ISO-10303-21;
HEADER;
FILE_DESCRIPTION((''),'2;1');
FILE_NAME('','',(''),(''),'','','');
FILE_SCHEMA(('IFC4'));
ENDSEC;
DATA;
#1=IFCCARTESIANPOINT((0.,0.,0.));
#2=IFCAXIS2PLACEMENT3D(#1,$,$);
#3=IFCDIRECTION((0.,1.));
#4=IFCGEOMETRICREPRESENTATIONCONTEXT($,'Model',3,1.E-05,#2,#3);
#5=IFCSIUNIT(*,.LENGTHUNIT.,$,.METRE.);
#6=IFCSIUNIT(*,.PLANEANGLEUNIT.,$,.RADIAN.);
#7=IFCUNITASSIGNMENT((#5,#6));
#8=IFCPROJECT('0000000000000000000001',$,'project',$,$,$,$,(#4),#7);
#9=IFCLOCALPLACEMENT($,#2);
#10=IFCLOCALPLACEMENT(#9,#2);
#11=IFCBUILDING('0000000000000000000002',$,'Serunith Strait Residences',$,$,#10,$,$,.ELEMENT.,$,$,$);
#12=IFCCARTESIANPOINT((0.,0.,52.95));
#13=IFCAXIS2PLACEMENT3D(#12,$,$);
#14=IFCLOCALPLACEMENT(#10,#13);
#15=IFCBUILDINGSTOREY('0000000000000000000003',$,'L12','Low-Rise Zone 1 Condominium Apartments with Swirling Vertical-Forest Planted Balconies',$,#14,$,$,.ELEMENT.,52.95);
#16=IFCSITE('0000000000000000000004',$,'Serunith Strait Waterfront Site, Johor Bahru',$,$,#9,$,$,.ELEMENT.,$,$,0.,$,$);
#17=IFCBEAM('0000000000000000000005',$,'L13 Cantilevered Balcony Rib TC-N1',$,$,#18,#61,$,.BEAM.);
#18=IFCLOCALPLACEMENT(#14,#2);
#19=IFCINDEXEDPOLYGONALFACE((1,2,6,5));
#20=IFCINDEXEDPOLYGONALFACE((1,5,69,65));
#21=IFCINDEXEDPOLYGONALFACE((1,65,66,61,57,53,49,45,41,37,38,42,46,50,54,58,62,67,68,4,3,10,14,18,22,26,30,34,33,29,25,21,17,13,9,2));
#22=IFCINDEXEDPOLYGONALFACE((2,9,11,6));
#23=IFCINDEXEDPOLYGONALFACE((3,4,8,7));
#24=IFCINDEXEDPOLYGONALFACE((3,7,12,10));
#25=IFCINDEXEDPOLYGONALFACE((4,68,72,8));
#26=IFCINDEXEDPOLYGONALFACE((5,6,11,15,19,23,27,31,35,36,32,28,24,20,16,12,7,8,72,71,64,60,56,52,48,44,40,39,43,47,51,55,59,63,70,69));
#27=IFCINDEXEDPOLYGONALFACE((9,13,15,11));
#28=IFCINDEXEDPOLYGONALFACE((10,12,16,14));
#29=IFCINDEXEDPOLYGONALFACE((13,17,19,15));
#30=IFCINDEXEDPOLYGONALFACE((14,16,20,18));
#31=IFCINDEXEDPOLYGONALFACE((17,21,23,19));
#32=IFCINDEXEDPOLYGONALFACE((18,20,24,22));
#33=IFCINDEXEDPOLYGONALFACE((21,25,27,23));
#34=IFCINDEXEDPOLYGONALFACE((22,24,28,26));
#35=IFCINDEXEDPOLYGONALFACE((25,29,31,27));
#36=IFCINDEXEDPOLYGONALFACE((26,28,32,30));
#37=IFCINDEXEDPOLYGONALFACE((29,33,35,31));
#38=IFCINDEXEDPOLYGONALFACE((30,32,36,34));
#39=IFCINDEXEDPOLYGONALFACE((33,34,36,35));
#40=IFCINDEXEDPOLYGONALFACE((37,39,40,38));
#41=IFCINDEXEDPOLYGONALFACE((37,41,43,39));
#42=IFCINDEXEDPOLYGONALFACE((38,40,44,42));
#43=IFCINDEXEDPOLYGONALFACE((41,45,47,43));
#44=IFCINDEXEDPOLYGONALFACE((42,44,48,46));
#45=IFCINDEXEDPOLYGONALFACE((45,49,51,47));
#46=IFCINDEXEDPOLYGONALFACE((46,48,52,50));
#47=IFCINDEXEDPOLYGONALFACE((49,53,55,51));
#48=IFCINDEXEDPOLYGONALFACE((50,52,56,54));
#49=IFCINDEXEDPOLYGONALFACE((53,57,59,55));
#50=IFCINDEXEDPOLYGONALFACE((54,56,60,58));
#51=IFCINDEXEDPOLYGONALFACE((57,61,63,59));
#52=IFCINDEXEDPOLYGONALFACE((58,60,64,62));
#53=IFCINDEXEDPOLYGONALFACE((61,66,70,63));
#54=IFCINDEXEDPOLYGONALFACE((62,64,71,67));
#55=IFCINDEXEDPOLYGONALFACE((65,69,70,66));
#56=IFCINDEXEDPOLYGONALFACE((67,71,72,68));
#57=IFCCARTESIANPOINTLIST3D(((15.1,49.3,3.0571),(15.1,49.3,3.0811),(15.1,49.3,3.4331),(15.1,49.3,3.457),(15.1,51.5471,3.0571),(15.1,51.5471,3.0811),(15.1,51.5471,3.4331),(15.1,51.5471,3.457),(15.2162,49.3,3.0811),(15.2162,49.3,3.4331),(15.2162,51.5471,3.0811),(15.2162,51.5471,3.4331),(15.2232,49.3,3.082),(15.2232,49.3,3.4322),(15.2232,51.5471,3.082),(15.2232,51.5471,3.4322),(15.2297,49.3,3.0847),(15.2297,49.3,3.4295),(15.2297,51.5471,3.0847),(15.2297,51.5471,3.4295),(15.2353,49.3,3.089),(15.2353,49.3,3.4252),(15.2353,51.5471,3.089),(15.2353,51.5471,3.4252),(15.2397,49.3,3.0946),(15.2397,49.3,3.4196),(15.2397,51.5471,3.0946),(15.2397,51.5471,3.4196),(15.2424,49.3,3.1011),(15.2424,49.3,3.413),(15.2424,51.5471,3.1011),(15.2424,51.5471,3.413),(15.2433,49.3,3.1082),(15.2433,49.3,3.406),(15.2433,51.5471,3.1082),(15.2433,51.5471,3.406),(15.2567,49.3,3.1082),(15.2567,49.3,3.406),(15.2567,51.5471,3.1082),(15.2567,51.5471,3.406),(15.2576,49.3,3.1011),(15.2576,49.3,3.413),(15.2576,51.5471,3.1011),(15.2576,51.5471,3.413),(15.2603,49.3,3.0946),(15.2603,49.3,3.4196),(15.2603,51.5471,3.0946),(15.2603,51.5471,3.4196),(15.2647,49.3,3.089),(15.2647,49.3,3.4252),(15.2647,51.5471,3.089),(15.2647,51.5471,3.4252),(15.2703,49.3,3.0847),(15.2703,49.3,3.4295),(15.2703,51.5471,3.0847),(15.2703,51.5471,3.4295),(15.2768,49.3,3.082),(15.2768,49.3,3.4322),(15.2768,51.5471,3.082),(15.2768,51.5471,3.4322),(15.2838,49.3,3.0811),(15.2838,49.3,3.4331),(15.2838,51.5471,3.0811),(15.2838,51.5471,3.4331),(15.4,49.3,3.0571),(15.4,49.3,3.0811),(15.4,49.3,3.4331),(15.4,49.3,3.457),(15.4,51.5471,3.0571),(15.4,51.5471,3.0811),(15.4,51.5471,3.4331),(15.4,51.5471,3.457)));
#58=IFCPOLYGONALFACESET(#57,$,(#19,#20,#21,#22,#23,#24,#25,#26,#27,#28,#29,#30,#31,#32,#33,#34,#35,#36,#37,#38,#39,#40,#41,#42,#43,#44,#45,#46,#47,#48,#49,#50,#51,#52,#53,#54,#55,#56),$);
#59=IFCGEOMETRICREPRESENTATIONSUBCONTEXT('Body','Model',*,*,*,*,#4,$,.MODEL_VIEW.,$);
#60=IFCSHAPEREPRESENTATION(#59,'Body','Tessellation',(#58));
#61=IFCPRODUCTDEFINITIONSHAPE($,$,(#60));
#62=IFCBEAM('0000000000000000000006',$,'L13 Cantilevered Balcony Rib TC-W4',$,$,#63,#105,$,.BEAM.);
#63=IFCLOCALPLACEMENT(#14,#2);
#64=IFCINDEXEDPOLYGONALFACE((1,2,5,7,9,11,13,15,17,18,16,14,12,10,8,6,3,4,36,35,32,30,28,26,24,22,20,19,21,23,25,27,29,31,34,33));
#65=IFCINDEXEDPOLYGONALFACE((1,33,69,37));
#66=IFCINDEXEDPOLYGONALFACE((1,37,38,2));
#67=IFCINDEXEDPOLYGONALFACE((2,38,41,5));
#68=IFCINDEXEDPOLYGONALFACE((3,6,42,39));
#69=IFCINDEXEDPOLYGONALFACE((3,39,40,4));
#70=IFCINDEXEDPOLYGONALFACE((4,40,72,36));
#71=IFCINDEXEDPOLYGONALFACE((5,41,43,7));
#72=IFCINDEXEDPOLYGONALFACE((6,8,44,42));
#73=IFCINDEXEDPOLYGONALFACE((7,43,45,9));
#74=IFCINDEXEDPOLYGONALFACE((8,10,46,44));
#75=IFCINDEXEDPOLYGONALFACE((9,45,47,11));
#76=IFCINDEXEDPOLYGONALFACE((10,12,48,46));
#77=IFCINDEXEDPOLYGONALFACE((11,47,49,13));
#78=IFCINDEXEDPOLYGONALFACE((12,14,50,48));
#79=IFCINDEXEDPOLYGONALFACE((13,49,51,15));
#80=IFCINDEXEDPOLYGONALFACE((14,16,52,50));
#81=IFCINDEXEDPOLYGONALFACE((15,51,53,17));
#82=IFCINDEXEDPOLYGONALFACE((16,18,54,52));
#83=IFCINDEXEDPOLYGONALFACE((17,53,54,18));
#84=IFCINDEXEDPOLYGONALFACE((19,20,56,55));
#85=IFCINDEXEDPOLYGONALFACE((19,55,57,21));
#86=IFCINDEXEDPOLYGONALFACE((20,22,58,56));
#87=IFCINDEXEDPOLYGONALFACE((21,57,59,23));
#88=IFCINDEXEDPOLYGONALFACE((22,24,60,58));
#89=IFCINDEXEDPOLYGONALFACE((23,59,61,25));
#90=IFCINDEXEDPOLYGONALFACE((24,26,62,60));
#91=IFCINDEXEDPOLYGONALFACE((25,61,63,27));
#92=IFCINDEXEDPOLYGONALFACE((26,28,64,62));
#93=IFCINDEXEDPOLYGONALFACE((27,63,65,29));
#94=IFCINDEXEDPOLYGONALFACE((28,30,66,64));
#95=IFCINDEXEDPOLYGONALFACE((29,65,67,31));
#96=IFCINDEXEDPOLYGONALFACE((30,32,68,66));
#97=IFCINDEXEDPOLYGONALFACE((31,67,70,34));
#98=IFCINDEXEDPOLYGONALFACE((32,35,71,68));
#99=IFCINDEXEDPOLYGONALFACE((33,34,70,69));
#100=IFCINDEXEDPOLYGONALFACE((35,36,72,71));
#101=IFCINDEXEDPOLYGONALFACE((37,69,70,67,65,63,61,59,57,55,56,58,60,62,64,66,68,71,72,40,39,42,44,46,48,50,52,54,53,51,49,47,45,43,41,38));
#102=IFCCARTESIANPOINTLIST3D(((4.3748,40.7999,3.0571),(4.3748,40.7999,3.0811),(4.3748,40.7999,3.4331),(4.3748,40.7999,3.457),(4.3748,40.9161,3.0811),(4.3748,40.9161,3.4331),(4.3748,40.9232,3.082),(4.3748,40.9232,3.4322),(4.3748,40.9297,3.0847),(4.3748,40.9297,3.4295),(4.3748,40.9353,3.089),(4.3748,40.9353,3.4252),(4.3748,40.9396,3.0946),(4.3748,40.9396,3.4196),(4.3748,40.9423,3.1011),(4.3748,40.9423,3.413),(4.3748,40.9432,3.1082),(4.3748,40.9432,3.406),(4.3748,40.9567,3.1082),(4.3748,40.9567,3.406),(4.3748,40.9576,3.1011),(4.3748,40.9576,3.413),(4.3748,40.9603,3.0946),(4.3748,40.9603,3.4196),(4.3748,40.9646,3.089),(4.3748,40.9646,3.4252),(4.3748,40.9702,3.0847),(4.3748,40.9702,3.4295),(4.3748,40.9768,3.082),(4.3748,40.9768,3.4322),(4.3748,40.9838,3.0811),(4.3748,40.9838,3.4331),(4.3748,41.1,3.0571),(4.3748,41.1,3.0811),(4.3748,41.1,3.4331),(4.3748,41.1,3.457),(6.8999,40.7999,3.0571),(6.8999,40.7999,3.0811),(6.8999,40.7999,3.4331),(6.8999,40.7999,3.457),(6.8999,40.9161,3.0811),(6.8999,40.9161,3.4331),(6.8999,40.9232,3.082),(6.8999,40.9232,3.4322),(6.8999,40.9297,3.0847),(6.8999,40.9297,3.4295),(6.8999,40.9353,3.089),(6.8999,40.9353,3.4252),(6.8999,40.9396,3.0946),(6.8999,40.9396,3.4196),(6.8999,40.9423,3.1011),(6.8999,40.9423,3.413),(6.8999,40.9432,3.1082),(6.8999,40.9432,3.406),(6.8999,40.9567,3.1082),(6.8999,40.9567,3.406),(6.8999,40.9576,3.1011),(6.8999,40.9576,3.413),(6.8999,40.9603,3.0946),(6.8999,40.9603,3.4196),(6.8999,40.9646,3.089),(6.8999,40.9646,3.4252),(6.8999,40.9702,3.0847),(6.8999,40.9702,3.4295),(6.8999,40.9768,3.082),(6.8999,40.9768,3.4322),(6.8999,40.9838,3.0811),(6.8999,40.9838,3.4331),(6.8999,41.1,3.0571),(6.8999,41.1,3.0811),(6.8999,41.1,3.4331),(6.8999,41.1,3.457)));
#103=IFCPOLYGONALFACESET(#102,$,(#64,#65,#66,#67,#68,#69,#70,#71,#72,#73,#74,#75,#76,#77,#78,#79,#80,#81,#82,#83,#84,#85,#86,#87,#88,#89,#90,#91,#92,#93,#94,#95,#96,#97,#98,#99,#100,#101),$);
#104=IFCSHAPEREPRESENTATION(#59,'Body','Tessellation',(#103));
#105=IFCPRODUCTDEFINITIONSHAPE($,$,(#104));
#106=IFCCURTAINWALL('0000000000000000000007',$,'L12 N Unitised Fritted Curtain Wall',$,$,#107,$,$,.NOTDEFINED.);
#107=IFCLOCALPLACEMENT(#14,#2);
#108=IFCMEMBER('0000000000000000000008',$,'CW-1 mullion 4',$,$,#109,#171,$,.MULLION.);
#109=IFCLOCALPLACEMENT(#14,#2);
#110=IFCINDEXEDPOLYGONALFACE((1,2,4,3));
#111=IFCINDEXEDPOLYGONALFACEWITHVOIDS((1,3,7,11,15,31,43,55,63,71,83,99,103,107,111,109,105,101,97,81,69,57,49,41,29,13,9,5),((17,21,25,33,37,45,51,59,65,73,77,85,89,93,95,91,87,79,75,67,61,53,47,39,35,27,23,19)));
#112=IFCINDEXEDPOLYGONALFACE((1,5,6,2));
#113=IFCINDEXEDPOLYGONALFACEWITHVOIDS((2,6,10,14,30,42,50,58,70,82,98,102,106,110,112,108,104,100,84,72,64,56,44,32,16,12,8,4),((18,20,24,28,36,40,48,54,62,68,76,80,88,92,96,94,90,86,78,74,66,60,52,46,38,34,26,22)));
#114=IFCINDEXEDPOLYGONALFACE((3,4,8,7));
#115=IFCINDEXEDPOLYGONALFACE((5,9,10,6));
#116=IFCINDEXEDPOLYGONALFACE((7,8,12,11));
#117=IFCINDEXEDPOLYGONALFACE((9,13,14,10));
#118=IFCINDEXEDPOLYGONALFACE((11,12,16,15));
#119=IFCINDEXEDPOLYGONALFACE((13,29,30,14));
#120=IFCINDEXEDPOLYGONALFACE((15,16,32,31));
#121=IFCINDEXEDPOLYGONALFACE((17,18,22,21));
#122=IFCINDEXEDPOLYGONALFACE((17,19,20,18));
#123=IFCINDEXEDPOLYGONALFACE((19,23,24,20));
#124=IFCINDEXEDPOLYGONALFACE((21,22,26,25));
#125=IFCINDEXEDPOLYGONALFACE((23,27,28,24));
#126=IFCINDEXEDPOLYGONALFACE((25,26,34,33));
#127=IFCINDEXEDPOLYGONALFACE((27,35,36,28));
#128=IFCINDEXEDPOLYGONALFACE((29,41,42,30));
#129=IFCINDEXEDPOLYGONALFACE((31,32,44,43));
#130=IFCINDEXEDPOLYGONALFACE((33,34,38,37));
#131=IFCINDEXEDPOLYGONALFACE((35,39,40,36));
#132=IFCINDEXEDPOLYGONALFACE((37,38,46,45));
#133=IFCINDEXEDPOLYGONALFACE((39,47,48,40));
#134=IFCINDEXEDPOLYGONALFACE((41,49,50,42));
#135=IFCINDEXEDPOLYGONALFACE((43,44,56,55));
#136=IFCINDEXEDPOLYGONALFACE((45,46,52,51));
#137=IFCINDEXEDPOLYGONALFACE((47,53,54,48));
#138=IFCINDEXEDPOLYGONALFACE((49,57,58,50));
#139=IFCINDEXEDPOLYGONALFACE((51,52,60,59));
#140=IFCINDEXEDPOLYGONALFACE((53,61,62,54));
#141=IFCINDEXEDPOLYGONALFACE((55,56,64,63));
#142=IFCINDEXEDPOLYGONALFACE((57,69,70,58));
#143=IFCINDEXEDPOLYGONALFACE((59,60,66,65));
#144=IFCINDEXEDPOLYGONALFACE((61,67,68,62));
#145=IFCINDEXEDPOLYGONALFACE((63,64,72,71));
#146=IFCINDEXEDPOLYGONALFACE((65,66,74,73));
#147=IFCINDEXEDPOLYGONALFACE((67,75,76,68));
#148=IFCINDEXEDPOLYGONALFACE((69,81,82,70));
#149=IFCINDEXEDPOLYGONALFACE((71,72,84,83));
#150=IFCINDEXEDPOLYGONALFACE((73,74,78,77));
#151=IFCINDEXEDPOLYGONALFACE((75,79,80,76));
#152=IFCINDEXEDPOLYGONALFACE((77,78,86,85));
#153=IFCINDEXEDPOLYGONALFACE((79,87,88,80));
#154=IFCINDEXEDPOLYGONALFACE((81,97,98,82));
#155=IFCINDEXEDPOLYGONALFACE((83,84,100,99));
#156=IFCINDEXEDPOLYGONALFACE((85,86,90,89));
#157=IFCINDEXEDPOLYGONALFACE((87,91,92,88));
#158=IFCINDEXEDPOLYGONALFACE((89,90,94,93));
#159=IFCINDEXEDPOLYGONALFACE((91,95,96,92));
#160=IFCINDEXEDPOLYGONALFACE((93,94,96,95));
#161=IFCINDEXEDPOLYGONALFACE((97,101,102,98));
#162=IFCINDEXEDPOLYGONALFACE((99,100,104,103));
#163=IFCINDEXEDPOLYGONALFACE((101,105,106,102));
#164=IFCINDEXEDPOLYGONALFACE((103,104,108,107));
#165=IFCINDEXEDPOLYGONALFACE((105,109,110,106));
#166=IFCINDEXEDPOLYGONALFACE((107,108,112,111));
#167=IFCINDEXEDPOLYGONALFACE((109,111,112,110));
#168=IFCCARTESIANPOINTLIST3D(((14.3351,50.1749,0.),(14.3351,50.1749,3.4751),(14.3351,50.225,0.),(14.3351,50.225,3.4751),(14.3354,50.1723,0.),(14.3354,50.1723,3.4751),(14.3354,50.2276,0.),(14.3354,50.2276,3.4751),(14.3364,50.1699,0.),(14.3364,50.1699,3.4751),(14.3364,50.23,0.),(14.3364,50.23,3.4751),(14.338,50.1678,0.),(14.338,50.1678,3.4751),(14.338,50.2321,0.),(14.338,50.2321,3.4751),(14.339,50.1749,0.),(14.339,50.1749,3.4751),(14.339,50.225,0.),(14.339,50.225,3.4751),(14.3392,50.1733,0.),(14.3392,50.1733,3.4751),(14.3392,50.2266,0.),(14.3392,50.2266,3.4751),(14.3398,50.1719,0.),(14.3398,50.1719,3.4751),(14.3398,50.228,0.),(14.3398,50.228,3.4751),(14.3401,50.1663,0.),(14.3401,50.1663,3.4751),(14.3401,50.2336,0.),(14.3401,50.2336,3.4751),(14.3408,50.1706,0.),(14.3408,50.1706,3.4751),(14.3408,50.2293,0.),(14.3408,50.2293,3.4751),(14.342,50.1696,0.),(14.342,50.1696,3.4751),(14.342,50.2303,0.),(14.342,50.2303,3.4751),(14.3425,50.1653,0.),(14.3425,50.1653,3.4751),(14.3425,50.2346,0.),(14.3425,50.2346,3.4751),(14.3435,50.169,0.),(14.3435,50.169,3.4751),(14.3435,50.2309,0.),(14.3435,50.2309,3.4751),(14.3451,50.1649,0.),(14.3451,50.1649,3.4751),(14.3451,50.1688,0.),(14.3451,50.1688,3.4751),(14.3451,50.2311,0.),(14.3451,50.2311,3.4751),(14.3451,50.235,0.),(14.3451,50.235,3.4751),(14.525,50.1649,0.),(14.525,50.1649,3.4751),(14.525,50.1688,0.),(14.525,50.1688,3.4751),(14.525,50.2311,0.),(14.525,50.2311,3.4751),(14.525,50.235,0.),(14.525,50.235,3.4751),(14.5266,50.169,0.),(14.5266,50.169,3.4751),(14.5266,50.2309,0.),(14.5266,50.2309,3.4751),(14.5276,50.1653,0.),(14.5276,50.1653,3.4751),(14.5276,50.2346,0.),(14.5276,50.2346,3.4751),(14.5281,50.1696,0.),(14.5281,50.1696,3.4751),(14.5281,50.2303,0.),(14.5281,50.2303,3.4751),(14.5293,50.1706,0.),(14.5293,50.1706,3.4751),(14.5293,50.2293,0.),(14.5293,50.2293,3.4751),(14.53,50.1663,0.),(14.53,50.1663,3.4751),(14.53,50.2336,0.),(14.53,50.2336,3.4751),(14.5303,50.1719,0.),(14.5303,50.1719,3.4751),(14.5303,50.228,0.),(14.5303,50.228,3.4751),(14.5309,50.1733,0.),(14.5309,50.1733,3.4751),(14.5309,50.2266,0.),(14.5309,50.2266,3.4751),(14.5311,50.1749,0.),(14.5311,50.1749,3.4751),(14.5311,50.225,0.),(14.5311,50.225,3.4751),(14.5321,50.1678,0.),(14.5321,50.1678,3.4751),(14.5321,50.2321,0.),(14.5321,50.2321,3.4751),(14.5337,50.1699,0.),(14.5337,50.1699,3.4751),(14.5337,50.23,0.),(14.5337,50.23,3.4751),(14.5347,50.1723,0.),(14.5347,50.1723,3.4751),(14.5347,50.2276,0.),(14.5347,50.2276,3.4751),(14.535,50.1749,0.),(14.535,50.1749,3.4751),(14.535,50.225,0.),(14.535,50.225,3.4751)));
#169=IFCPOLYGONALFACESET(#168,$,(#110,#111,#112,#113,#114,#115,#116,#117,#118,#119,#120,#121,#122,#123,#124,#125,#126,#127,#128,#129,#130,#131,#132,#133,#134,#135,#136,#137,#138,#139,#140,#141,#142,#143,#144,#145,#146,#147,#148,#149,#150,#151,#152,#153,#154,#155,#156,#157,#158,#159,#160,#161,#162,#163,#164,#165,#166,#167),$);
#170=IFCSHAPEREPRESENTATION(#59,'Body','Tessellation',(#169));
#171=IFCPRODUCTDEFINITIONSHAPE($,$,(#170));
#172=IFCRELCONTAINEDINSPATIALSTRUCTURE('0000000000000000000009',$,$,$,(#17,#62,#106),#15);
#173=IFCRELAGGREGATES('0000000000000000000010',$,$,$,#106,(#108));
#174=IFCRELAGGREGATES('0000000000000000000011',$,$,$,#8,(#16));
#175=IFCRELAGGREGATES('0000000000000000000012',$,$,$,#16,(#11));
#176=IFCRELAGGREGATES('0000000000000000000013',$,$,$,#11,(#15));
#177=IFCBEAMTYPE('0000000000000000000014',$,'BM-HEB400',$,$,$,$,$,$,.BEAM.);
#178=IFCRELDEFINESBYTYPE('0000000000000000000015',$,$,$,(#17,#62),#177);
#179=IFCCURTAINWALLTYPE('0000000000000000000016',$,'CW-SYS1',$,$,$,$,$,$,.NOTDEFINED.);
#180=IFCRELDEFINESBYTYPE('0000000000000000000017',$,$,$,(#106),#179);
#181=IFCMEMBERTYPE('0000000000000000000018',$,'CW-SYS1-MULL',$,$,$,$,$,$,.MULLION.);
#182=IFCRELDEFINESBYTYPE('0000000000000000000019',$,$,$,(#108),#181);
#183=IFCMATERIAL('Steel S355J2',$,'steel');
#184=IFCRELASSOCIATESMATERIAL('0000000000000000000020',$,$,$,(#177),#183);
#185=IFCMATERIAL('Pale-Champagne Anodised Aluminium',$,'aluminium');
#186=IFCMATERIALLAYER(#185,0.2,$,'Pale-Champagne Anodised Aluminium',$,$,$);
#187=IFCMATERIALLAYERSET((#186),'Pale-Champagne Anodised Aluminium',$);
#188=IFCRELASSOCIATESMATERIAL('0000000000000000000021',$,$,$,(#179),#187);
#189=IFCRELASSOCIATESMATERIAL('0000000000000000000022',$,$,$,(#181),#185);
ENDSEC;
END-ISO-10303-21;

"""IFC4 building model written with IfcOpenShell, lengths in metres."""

from ifc_helpers import new_model, si_unit, direction, frame, origin, origin_2d, place, context, subcontext, project, spatial, hollow_rectangle, i_section, extrude, source, transform, mapped, material, layer, layer_set, material_profile, profile_set, type_object, element, aggregate, save


model = new_model("IFC4")

# Units and contexts
model_context = context("Model", 3, precision=1e-05, world=origin(), true_north=direction((0.0, 1.0)))
body_context = subcontext(model_context, "Body", "Model", "MODEL_VIEW")
ifc_project = project(units=[si_unit("LENGTHUNIT", "METRE"), si_unit("PLANEANGLEUNIT", "RADIAN")], contexts=[model_context])

# Site, building, storey
site_placement = place(None, origin())
site = spatial("IfcSite", under=ifc_project, at=site_placement, Name="Serunith Strait Waterfront Site, Johor Bahru", CompositionType="ELEMENT", RefElevation=0.0)
building_placement = place(site_placement, origin())
building = spatial("IfcBuilding", under=site, at=building_placement, Name="Serunith Strait Residences", CompositionType="ELEMENT")
storey_placement = place(building_placement, frame((0.0, 0.0, 52.95)))
storey = spatial("IfcBuildingStorey", under=building, at=storey_placement, Name="L12", Description="Low-Rise Zone 1 Condominium Apartments with Swirling Vertical-Forest Planted Balconies", CompositionType="ELEMENT", Elevation=52.95)

# Beams
ifc_material_1 = material(Name="Steel S355J2", Category="steel")
ifc_material_profile_1 = material_profile(ifc_material_1, i_section(OverallWidth=0.3, OverallDepth=0.3999, WebThickness=0.0134, FlangeThickness=0.0239, FilletRadius=0.0271, at=origin_2d()), Name="HEB 400")
ifc_profile_set_1 = profile_set([ifc_material_profile_1], Name="Steel S355J2")
beam_type_1 = type_object("IfcBeamType", Name="BM-HEB400", PredefinedType="BEAM", material=ifc_profile_set_1)
shared_shape_1 = source(origin(), body_context, "Body", "SweptSolid", [
    extrude(i_section(OverallWidth=0.3, OverallDepth=0.3999, WebThickness=0.0134, FlangeThickness=0.0239, FilletRadius=0.0271, at=origin_2d()), origin(), (0.0, 0.0, 1.0), 2.2471),
])
beam_1_placement = place(storey_placement, frame((15.25, 49.3, 3.2571), z_axis=(0.0, 1.0, 0.0), x_axis=(-1.0, 0.0, 0.0)))
element("IfcBeam", 1, at=beam_1_placement, inside=storey, type_object=beam_type_1, Name="L13 Cantilevered Balcony Rib TC-N1", PredefinedType="BEAM", context=body_context, shape_type="MappedRepresentation", body=[
    mapped(shared_shape_1, transform((0.0, 0.0, 0.0), scale=1.0)),
])
shared_shape_2 = source(origin(), body_context, "Body", "SweptSolid", [
    extrude(i_section(OverallWidth=0.3, OverallDepth=0.3999, WebThickness=0.0134, FlangeThickness=0.0239, FilletRadius=0.0271, at=origin_2d()), origin(), (0.0, 0.0, 1.0), 2.5251),
])
beam_2_placement = place(storey_placement, frame((6.8999, 40.95, 3.2571), z_axis=(-1.0, 0.0, 0.0), x_axis=(0.0, -1.0, 0.0)))
element("IfcBeam", 2, at=beam_2_placement, inside=storey, type_object=beam_type_1, Name="L13 Cantilevered Balcony Rib TC-W4", PredefinedType="BEAM", context=body_context, shape_type="MappedRepresentation", body=[
    mapped(shared_shape_2, transform((0.0, 0.0, 0.0), scale=1.0)),
])

# Curtain wall, member
ifc_material_2 = material(Name="Pale-Champagne Anodised Aluminium", Category="aluminium")
ifc_layer_1 = layer(ifc_material_2, 0.2, Name="Pale-Champagne Anodised Aluminium")
ifc_layer_set_1 = layer_set([ifc_layer_1], Name="Pale-Champagne Anodised Aluminium")
curtain_wall_type = type_object("IfcCurtainWallType", Name="CW-SYS1", PredefinedType="NOTDEFINED", material=ifc_layer_set_1)
curtain_wall_1_placement = place(storey_placement, origin())
curtain_wall_1 = element("IfcCurtainWall", 3, at=curtain_wall_1_placement, inside=storey, type_object=curtain_wall_type, Name="L12 N Unitised Fritted Curtain Wall", PredefinedType="NOTDEFINED")
ifc_material_profile_2 = material_profile(ifc_material_2, hollow_rectangle(XDim=0.0701, YDim=0.2, WallThickness=0.0039, InnerFilletRadius=0.0061, OuterFilletRadius=0.01, at=origin_2d()), Name="ALU 200x70x4")
ifc_profile_set_2 = profile_set([ifc_material_profile_2], Name="Pale-Champagne Anodised Aluminium")
member_type_1 = type_object("IfcMemberType", Name="CW-SYS1-MULL", PredefinedType="MULLION", material=ifc_profile_set_2)
shared_shape_3 = source(origin(), body_context, "Body", "SweptSolid", [
    extrude(hollow_rectangle(XDim=0.0701, YDim=0.2, WallThickness=0.0039, InnerFilletRadius=0.0061, OuterFilletRadius=0.01, at=origin_2d()), origin(), (0.0, 0.0, 1.0), 3.4751),
])
member_1_placement = place(storey_placement, frame((14.4351, 50.2, 0.0), z_axis=(0.0, 0.0, 1.0), x_axis=(0.0, -1.0, 0.0)))
member_1 = element("IfcMember", 4, at=member_1_placement, type_object=member_type_1, Name="CW-1 mullion 4", PredefinedType="MULLION", context=body_context, shape_type="MappedRepresentation", body=[
    mapped(shared_shape_3, transform((0.0, 0.0, 0.0), scale=1.0)),
])

aggregate(curtain_wall_1, [member_1])

save(model, "model.ifc")
